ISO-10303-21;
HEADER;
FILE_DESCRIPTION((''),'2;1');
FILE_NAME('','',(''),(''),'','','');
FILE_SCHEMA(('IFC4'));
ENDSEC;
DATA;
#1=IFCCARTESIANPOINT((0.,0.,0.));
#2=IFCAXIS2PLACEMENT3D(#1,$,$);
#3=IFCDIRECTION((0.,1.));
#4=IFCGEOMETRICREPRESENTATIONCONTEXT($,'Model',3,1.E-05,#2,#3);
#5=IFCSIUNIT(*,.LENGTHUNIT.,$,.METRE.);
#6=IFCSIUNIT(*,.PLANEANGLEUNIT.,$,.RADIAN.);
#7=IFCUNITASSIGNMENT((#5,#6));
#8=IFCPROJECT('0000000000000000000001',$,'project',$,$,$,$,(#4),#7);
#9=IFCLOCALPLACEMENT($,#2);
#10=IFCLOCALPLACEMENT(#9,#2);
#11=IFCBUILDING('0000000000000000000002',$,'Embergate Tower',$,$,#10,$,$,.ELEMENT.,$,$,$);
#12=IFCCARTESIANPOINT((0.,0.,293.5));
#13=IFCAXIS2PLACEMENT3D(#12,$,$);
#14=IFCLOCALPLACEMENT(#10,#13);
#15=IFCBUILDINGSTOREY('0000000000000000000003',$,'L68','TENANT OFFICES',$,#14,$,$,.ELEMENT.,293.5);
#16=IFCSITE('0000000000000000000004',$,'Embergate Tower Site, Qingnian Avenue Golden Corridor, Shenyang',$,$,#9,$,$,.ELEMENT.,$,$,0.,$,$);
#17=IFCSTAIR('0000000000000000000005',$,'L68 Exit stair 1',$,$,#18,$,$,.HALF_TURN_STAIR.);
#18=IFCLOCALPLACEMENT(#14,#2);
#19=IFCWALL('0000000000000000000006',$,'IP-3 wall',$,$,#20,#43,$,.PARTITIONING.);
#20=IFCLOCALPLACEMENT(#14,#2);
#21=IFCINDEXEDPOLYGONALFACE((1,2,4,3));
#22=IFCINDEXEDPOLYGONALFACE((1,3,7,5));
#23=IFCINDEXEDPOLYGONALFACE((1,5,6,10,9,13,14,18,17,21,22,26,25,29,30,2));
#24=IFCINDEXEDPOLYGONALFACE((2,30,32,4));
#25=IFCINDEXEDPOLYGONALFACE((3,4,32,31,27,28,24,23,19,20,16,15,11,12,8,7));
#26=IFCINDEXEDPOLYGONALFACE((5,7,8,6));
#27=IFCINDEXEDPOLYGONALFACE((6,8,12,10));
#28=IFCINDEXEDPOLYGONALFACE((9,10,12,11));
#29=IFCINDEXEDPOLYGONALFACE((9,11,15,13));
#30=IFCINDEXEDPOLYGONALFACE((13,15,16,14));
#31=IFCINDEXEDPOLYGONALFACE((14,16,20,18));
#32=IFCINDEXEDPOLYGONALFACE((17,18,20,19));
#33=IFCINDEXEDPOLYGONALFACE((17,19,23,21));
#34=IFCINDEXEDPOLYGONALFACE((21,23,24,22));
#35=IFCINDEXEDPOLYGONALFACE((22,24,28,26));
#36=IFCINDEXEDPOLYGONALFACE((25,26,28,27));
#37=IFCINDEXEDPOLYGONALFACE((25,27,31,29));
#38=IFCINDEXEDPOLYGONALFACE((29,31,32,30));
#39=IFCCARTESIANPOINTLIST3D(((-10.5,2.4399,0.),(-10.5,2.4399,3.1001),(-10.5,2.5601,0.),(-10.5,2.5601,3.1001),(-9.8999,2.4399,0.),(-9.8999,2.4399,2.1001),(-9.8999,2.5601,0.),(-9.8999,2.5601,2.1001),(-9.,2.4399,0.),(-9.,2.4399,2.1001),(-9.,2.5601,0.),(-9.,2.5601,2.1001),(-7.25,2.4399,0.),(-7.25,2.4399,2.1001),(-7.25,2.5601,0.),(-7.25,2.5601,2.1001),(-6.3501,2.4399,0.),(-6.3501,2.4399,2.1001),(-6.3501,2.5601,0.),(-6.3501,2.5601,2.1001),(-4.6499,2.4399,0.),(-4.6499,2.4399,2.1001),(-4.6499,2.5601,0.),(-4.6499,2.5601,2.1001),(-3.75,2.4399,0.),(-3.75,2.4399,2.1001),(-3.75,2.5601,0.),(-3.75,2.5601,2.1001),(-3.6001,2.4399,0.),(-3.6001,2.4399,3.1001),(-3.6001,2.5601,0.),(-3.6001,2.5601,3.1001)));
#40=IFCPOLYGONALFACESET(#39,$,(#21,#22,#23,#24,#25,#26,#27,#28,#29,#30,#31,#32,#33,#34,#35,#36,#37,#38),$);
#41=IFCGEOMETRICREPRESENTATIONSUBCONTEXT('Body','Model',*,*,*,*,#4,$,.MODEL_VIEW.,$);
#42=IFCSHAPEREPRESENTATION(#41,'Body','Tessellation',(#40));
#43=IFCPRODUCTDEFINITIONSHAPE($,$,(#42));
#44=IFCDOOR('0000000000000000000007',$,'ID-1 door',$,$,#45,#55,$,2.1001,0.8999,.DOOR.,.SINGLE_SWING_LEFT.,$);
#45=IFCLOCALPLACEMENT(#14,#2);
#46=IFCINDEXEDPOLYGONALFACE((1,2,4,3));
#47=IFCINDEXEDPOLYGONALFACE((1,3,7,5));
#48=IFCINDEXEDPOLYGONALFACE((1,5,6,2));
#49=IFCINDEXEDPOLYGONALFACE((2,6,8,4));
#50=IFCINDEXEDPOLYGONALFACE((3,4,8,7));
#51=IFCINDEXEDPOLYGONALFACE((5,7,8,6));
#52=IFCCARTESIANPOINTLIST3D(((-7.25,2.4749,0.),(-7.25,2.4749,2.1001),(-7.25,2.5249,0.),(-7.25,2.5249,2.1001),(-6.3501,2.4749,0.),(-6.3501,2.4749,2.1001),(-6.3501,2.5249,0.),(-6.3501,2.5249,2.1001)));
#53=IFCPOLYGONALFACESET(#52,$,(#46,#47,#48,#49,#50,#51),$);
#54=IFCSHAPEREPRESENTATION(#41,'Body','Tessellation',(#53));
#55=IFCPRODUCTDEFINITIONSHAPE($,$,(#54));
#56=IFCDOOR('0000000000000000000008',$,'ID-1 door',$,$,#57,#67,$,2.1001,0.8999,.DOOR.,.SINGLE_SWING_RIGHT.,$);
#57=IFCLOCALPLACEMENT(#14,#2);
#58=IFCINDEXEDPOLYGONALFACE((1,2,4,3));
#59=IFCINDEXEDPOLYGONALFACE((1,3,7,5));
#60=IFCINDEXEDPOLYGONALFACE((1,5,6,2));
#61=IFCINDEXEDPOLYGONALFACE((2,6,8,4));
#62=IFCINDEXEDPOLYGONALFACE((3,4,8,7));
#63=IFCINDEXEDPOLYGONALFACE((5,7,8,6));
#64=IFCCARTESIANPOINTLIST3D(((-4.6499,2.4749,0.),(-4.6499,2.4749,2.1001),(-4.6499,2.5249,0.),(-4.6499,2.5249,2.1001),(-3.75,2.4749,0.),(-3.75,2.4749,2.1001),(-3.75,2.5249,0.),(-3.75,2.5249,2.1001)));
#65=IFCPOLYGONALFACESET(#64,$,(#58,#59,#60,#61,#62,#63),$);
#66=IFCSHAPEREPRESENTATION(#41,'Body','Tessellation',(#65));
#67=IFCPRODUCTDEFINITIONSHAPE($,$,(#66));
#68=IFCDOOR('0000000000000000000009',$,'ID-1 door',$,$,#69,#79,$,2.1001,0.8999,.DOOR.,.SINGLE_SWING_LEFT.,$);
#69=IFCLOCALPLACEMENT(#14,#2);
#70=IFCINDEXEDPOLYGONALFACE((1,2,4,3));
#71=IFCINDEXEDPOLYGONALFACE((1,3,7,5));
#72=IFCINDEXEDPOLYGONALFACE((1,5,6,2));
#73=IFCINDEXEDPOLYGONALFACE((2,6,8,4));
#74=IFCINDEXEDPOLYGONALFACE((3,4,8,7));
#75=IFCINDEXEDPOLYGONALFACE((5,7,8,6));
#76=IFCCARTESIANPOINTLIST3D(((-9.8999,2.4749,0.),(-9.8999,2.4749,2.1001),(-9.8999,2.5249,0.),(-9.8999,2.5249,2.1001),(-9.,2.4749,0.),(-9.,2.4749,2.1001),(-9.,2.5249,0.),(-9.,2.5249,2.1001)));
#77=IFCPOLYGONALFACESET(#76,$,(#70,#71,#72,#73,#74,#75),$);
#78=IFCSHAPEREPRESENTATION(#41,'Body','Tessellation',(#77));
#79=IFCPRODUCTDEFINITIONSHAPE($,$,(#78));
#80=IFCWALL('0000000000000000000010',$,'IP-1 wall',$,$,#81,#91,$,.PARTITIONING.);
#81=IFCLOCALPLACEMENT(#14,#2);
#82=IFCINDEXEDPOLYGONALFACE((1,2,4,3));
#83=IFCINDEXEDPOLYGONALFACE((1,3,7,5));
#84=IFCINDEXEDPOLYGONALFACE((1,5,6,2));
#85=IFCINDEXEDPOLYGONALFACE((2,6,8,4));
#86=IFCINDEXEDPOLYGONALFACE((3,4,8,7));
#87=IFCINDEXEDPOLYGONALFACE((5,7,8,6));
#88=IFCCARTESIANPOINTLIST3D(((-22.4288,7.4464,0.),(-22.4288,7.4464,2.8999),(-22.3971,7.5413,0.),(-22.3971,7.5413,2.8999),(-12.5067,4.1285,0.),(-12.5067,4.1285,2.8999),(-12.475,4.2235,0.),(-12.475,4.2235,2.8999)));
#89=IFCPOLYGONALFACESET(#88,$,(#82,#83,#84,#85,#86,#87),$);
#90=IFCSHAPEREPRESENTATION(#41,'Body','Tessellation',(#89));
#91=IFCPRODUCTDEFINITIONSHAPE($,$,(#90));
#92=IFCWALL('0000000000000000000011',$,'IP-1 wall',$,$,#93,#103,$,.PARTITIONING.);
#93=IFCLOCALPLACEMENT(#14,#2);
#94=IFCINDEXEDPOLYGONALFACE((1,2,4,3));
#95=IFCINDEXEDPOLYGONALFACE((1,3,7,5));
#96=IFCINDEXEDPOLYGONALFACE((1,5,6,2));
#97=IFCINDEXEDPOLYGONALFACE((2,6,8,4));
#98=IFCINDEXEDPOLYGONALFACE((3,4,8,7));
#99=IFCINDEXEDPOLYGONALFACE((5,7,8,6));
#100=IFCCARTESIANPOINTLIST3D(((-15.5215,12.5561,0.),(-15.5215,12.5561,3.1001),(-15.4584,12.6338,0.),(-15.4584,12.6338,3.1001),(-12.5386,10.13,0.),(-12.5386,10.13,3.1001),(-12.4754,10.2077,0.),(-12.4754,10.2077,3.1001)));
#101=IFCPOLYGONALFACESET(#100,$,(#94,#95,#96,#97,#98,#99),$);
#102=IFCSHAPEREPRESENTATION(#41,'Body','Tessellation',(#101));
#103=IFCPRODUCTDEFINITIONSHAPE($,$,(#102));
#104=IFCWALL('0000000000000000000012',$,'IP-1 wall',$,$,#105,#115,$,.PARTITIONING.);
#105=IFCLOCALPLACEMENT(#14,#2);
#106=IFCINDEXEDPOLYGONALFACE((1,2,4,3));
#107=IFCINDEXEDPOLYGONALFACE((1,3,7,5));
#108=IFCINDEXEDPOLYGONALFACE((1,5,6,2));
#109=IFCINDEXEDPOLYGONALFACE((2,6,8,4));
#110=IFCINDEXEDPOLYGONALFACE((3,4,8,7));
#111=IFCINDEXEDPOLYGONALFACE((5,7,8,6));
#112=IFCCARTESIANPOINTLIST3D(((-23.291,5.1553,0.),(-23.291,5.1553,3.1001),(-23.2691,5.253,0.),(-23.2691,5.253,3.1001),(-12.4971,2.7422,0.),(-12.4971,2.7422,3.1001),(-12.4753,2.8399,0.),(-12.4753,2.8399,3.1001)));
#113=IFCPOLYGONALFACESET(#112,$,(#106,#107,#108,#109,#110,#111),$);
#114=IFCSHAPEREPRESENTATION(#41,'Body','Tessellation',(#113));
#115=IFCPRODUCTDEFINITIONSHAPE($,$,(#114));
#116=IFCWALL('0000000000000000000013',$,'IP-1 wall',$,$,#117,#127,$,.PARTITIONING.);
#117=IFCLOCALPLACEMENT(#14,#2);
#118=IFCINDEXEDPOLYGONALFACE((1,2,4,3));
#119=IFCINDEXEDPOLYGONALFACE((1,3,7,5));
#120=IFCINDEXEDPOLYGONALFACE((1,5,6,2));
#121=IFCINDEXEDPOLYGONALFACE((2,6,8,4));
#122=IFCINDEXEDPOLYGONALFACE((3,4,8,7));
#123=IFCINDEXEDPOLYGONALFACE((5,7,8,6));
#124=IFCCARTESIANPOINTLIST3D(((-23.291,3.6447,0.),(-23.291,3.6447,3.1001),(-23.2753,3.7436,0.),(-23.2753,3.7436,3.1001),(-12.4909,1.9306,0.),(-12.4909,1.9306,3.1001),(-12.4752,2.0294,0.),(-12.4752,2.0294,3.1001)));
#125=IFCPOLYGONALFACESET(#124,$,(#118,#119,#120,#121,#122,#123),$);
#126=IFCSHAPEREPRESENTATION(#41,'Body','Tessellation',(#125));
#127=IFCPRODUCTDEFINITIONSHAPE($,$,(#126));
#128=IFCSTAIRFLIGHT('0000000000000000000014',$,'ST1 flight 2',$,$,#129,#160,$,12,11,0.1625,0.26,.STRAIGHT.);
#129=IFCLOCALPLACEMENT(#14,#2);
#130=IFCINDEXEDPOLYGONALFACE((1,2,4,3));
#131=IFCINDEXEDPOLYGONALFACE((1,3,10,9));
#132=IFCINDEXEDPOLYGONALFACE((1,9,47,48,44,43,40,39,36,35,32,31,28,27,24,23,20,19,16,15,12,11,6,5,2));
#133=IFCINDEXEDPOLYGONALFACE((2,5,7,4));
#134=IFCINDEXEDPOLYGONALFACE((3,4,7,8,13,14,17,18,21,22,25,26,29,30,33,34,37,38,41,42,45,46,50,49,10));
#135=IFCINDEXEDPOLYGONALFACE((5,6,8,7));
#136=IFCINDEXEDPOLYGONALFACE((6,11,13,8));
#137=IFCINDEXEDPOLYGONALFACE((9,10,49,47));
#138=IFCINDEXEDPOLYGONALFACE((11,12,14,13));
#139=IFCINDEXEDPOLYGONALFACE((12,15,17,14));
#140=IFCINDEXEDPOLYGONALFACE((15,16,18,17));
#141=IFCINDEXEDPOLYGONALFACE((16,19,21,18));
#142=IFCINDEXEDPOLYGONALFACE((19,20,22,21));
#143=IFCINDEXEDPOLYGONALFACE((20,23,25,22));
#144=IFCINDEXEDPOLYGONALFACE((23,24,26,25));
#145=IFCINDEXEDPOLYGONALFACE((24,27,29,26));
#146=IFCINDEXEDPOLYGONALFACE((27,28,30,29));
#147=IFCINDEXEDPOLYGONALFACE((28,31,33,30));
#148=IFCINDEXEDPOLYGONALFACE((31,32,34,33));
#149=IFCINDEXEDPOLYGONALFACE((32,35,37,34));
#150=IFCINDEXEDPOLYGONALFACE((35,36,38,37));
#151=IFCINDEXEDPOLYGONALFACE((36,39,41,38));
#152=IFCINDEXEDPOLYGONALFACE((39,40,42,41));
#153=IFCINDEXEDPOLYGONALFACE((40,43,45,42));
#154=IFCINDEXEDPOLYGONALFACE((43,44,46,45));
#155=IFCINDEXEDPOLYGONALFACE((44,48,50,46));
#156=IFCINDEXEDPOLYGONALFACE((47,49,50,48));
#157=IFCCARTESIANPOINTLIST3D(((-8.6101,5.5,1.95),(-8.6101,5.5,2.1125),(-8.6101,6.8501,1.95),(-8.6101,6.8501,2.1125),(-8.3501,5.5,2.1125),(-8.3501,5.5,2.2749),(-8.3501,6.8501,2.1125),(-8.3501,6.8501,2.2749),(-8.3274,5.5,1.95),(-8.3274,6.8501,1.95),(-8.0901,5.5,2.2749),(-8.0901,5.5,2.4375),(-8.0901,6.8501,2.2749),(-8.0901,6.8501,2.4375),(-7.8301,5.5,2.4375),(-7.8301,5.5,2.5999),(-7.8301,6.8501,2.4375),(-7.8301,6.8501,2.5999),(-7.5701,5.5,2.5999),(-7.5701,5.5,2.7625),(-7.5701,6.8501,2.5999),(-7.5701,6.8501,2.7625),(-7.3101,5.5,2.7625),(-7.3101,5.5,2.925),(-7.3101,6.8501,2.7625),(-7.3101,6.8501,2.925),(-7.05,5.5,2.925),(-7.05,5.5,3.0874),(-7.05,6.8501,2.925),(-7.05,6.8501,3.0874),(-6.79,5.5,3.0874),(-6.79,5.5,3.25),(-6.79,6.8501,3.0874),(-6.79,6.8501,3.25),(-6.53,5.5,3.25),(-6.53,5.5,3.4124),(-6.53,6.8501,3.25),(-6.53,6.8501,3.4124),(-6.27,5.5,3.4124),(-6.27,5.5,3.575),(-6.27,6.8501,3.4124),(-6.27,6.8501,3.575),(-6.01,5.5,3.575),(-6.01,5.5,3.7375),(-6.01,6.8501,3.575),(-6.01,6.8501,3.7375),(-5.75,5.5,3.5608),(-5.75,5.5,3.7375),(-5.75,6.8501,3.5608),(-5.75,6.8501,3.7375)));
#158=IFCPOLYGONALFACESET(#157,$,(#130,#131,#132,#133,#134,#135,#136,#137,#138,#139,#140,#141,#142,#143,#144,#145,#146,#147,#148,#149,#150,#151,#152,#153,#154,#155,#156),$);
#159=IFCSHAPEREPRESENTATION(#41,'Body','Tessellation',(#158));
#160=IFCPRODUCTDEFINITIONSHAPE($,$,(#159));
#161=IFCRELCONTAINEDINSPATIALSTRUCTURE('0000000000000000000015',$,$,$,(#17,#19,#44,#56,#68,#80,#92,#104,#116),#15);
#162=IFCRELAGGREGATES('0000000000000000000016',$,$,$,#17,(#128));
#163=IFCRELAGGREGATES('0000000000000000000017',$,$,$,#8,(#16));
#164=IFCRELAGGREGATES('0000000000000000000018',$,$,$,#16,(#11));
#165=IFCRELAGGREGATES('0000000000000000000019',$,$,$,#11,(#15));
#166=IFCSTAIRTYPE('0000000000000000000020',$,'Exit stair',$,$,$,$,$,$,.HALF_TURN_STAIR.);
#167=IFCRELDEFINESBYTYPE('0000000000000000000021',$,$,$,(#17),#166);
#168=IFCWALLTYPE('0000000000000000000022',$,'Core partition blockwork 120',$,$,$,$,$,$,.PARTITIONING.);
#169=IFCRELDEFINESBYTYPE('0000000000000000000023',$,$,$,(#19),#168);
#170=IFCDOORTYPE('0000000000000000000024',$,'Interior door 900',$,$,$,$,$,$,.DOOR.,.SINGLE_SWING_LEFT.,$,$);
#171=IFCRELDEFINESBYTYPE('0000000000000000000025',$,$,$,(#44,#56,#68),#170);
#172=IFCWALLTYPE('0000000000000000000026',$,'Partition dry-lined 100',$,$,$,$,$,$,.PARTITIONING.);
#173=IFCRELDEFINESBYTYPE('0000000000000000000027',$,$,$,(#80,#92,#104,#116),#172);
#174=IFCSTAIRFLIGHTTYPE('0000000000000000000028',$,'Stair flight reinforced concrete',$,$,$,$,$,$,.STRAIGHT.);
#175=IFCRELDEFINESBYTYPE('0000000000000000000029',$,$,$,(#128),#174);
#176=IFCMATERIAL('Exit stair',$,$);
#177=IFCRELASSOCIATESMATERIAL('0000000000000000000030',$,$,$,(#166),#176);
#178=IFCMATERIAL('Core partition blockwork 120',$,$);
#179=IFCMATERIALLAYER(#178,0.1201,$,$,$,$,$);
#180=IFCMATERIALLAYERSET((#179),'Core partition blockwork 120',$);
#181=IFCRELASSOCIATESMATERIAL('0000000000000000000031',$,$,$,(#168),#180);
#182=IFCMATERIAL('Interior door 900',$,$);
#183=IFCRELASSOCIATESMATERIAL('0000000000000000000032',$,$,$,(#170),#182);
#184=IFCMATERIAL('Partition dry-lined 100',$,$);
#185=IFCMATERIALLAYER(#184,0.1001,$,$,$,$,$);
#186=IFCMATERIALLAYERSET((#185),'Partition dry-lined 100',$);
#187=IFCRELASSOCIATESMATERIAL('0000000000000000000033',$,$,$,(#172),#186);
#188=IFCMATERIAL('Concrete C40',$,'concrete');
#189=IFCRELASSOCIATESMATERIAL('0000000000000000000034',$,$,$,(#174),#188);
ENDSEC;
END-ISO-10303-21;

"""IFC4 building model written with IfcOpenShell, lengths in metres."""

from ifc_helpers import new_model, si_unit, direction, frame, frame_2d, origin, place, context, subcontext, project, spatial, polyline, rectangle, outline, extrude, source, transform, mapped, material, layer, layer_set, type_object, element, fill, aggregate, save


model = new_model("IFC4")

# Units and contexts
model_context = context("Model", 3, precision=1e-05, world=origin(), true_north=direction((0.0, 1.0)))
body_context = subcontext(model_context, "Body", "Model", "MODEL_VIEW")
ifc_project = project(units=[si_unit("LENGTHUNIT", "METRE"), si_unit("PLANEANGLEUNIT", "RADIAN")], contexts=[model_context])

# Site, building, storey
site_placement = place(None, origin())
site = spatial("IfcSite", under=ifc_project, at=site_placement, Name="Embergate Tower Site, Qingnian Avenue Golden Corridor, Shenyang", CompositionType="ELEMENT", RefElevation=0.0)
building_placement = place(site_placement, origin())
building = spatial("IfcBuilding", under=site, at=building_placement, Name="Embergate Tower", CompositionType="ELEMENT")
storey_placement = place(building_placement, frame((0.0, 0.0, 293.5)))
storey = spatial("IfcBuildingStorey", under=building, at=storey_placement, Name="L68", Description="TENANT OFFICES", CompositionType="ELEMENT", Elevation=293.5)

# Stair
ifc_material_1 = material(Name="Exit stair")
stair_type = type_object("IfcStairType", Name="Exit stair", PredefinedType="HALF_TURN_STAIR", material=ifc_material_1)
stair_placement = place(storey_placement, origin())
stair = element("IfcStair", 1, at=stair_placement, inside=storey, type_object=stair_type, Name="L68 Exit stair 1", PredefinedType="HALF_TURN_STAIR")
ifc_material_2 = material(Name="Concrete C40", Category="concrete")

# Shared definitions
ifc_material_3 = material(Name="Core partition blockwork 120")
ifc_layer_1 = layer(ifc_material_3, 0.1201)
ifc_layer_set_1 = layer_set([ifc_layer_1], Name="Core partition blockwork 120")
wall_type_1 = type_object("IfcWallType", Name="Core partition blockwork 120", PredefinedType="PARTITIONING", material=ifc_layer_set_1)

# Wall, openings, doors
shared_shape_1 = source(origin(), body_context, "Body", "SweptSolid", [
    extrude(rectangle(XDim=6.8999, YDim=0.1201, at=frame_2d((3.45, 0.0))), origin(), (0.0, 0.0, 1.0), 3.1001),
])
wall_1_placement = place(storey_placement, frame((-10.5, 2.5, 0.0), z_axis=(0.0, 0.0, 1.0), x_axis=(1.0, 0.0, 0.0)))
wall_1 = element("IfcWall", 2, at=wall_1_placement, inside=storey, type_object=wall_type_1, Name="IP-3 wall", PredefinedType="PARTITIONING", context=body_context, shape_type="MappedRepresentation", body=[
    mapped(shared_shape_1, transform((0.0, 0.0, 0.0))),
])
shared_shape_2 = source(origin(), body_context, "Body", "SweptSolid", [
    extrude(rectangle(XDim=0.8999, YDim=2.1001, at=frame_2d((0.45, 1.05))), frame((0.0, 0.0701, 0.0), z_axis=(0.0, -1.0, 0.0), x_axis=(1.0, 0.0, 0.0)), (0.0, 0.0, 1.0), 0.1401),
])
opening_1_placement = place(wall_1_placement, frame((3.25, 0.0, 0.0)))
opening_1 = element("IfcOpeningElement", 3, at=opening_1_placement, cuts=wall_1, PredefinedType="OPENING", context=body_context, shape_type="MappedRepresentation", body=[
    mapped(shared_shape_2, transform((0.0, 0.0, 0.0))),
])
opening_2_placement = place(wall_1_placement, frame((5.8501, 0.0, 0.0)))
opening_2 = element("IfcOpeningElement", 4, at=opening_2_placement, cuts=wall_1, PredefinedType="OPENING", context=body_context, shape_type="MappedRepresentation", body=[
    mapped(shared_shape_2, transform((0.0, 0.0, 0.0))),
])
opening_3_placement = place(wall_1_placement, frame((0.6001, 0.0, 0.0)))
opening_3 = element("IfcOpeningElement", 5, at=opening_3_placement, cuts=wall_1, PredefinedType="OPENING", context=body_context, shape_type="MappedRepresentation", body=[
    mapped(shared_shape_2, transform((0.0, 0.0, 0.0))),
])
ifc_material_4 = material(Name="Interior door 900")
door_type_1 = type_object("IfcDoorType", Name="Interior door 900", OperationType="SINGLE_SWING_LEFT", PredefinedType="DOOR", material=ifc_material_4)
shared_shape_3 = source(origin(), body_context, "Body", "SweptSolid", [
    extrude(rectangle(XDim=0.8999, YDim=2.1001, at=frame_2d((0.45, 1.05))), frame((0.0, 0.0249, 0.0), z_axis=(0.0, -1.0, 0.0), x_axis=(1.0, 0.0, 0.0)), (0.0, 0.0, 1.0), 0.05),
])
door_1_placement = place(opening_1_placement, origin())
door_1 = element("IfcDoor", 6, at=door_1_placement, inside=storey, type_object=door_type_1, Name="ID-1 door", OperationType="SINGLE_SWING_LEFT", OverallHeight=2.1001, OverallWidth=0.8999, PredefinedType="DOOR", context=body_context, shape_type="MappedRepresentation", body=[
    mapped(shared_shape_3, transform((0.0, 0.0, 0.0))),
])
fill(opening_1, door_1)
door_2_placement = place(opening_2_placement, origin())
door_2 = element("IfcDoor", 7, at=door_2_placement, inside=storey, type_object=door_type_1, Name="ID-1 door", OperationType="SINGLE_SWING_RIGHT", OverallHeight=2.1001, OverallWidth=0.8999, PredefinedType="DOOR", context=body_context, shape_type="MappedRepresentation", body=[
    mapped(shared_shape_3, transform((0.0, 0.0, 0.0))),
])
fill(opening_2, door_2)
door_3_placement = place(opening_3_placement, origin())
door_3 = element("IfcDoor", 8, at=door_3_placement, inside=storey, type_object=door_type_1, Name="ID-1 door", OperationType="SINGLE_SWING_LEFT", OverallHeight=2.1001, OverallWidth=0.8999, PredefinedType="DOOR", context=body_context, shape_type="MappedRepresentation", body=[
    mapped(shared_shape_3, transform((0.0, 0.0, 0.0))),
])
fill(opening_3, door_3)

# Walls
ifc_material_5 = material(Name="Partition dry-lined 100")
ifc_layer_2 = layer(ifc_material_5, 0.1001)
ifc_layer_set_2 = layer_set([ifc_layer_2], Name="Partition dry-lined 100")
wall_type_2 = type_object("IfcWallType", Name="Partition dry-lined 100", PredefinedType="PARTITIONING", material=ifc_layer_set_2)
shared_shape_4 = source(origin(), body_context, "Body", "SweptSolid", [
    extrude(rectangle(XDim=10.4622, YDim=0.1001, at=frame_2d((5.231, 0.0))), origin(), (0.0, 0.0, 1.0), 2.8999),
])
wall_2_placement = place(storey_placement, frame((-12.491, 4.176, 0.0), z_axis=(0.0, 0.0, 1.0), x_axis=(-0.948382, 0.317131, 0.0)))
element("IfcWall", 9, at=wall_2_placement, inside=storey, type_object=wall_type_2, Name="IP-1 wall", PredefinedType="PARTITIONING", context=body_context, shape_type="MappedRepresentation", body=[
    mapped(shared_shape_4, transform((0.0, 0.0, 0.0))),
])
shared_shape_5 = source(origin(), body_context, "Body", "SweptSolid", [
    extrude(rectangle(XDim=3.845, YDim=0.1001, at=frame_2d((1.9224, 0.0))), origin(), (0.0, 0.0, 1.0), 3.1001),
])
wall_3_placement = place(storey_placement, frame((-12.5071, 10.1689, 0.0), z_axis=(0.0, 0.0, 1.0), x_axis=(-0.775807, 0.63097, 0.0)))
element("IfcWall", 10, at=wall_3_placement, inside=storey, type_object=wall_type_2, Name="IP-1 wall", PredefinedType="PARTITIONING", context=body_context, shape_type="MappedRepresentation", body=[
    mapped(shared_shape_5, transform((0.0, 0.0, 0.0))),
])
shared_shape_6 = source(origin(), body_context, "Body", "SweptSolid", [
    extrude(rectangle(XDim=11.0603, YDim=0.1001, at=frame_2d((5.5303, 0.0))), origin(), (0.0, 0.0, 1.0), 3.1001),
])
wall_4_placement = place(storey_placement, frame((-12.4861, 2.791, 0.0), z_axis=(0.0, 0.0, 1.0), x_axis=(-0.97591, 0.218174, 0.0)))
element("IfcWall", 11, at=wall_4_placement, inside=storey, type_object=wall_type_2, Name="IP-1 wall", PredefinedType="PARTITIONING", context=body_context, shape_type="MappedRepresentation", body=[
    mapped(shared_shape_6, transform((0.0, 0.0, 0.0))),
])
shared_shape_7 = source(origin(), body_context, "Body", "SweptSolid", [
    extrude(rectangle(XDim=10.9353, YDim=0.1001, at=frame_2d((5.4678, 0.0))), origin(), (0.0, 0.0, 1.0), 3.1001),
])
wall_5_placement = place(storey_placement, frame((-12.4829, 1.98, 0.0), z_axis=(0.0, 0.0, 1.0), x_axis=(-0.987638, 0.156751, 0.0)))
element("IfcWall", 12, at=wall_5_placement, inside=storey, type_object=wall_type_2, Name="IP-1 wall", PredefinedType="PARTITIONING", context=body_context, shape_type="MappedRepresentation", body=[
    mapped(shared_shape_7, transform((0.0, 0.0, 0.0))),
])

# Stair flight
stair_flight_type = type_object("IfcStairFlightType", Name="Stair flight reinforced concrete", PredefinedType="STRAIGHT", material=ifc_material_2)
shared_shape_8 = source(origin(), body_context, "Body", "SweptSolid", [
    extrude(outline(polyline([(0.0, 0.0), (0.0, 0.1626), (0.26, 0.1626), (0.26, 0.325), (0.52, 0.325), (0.52, 0.4875), (0.78, 0.4875), (0.78, 0.6499), (1.04, 0.6499), (1.04, 0.8125), (1.3, 0.8125), (1.3, 0.9751), (1.5601, 0.9751), (1.5601, 1.1375), (1.8201, 1.1375), (1.8201, 1.3), (2.0801, 1.3), (2.0801, 1.4624), (2.3401, 1.4624), (2.3401, 1.625), (2.6001, 1.625), (2.6001, 1.7876), (2.8601, 1.7876), (2.8601, 1.95), (2.8601, 1.6108), (0.2827, 0.0), (0.0, 0.0)])), frame((0.0, 0.675, 0.0), z_axis=(0.0, -1.0, 0.0), x_axis=(1.0, 0.0, 0.0)), (0.0, 0.0, 1.0), 1.3501),
])
stair_flight_placement = place(storey_placement, frame((-8.6101, 6.175, 1.95), z_axis=(0.0, 0.0, 1.0), x_axis=(1.0, 0.0, 0.0)))
stair_flight = element("IfcStairFlight", 13, at=stair_flight_placement, type_object=stair_flight_type, Name="ST1 flight 2", NumberOfRisers=12, NumberOfTreads=11, PredefinedType="STRAIGHT", RiserHeight=0.1625, TreadLength=0.26, context=body_context, shape_type="MappedRepresentation", body=[
    mapped(shared_shape_8, transform((0.0, 0.0, 0.0))),
])
aggregate(stair, [stair_flight])

save(model, "model.ifc")
